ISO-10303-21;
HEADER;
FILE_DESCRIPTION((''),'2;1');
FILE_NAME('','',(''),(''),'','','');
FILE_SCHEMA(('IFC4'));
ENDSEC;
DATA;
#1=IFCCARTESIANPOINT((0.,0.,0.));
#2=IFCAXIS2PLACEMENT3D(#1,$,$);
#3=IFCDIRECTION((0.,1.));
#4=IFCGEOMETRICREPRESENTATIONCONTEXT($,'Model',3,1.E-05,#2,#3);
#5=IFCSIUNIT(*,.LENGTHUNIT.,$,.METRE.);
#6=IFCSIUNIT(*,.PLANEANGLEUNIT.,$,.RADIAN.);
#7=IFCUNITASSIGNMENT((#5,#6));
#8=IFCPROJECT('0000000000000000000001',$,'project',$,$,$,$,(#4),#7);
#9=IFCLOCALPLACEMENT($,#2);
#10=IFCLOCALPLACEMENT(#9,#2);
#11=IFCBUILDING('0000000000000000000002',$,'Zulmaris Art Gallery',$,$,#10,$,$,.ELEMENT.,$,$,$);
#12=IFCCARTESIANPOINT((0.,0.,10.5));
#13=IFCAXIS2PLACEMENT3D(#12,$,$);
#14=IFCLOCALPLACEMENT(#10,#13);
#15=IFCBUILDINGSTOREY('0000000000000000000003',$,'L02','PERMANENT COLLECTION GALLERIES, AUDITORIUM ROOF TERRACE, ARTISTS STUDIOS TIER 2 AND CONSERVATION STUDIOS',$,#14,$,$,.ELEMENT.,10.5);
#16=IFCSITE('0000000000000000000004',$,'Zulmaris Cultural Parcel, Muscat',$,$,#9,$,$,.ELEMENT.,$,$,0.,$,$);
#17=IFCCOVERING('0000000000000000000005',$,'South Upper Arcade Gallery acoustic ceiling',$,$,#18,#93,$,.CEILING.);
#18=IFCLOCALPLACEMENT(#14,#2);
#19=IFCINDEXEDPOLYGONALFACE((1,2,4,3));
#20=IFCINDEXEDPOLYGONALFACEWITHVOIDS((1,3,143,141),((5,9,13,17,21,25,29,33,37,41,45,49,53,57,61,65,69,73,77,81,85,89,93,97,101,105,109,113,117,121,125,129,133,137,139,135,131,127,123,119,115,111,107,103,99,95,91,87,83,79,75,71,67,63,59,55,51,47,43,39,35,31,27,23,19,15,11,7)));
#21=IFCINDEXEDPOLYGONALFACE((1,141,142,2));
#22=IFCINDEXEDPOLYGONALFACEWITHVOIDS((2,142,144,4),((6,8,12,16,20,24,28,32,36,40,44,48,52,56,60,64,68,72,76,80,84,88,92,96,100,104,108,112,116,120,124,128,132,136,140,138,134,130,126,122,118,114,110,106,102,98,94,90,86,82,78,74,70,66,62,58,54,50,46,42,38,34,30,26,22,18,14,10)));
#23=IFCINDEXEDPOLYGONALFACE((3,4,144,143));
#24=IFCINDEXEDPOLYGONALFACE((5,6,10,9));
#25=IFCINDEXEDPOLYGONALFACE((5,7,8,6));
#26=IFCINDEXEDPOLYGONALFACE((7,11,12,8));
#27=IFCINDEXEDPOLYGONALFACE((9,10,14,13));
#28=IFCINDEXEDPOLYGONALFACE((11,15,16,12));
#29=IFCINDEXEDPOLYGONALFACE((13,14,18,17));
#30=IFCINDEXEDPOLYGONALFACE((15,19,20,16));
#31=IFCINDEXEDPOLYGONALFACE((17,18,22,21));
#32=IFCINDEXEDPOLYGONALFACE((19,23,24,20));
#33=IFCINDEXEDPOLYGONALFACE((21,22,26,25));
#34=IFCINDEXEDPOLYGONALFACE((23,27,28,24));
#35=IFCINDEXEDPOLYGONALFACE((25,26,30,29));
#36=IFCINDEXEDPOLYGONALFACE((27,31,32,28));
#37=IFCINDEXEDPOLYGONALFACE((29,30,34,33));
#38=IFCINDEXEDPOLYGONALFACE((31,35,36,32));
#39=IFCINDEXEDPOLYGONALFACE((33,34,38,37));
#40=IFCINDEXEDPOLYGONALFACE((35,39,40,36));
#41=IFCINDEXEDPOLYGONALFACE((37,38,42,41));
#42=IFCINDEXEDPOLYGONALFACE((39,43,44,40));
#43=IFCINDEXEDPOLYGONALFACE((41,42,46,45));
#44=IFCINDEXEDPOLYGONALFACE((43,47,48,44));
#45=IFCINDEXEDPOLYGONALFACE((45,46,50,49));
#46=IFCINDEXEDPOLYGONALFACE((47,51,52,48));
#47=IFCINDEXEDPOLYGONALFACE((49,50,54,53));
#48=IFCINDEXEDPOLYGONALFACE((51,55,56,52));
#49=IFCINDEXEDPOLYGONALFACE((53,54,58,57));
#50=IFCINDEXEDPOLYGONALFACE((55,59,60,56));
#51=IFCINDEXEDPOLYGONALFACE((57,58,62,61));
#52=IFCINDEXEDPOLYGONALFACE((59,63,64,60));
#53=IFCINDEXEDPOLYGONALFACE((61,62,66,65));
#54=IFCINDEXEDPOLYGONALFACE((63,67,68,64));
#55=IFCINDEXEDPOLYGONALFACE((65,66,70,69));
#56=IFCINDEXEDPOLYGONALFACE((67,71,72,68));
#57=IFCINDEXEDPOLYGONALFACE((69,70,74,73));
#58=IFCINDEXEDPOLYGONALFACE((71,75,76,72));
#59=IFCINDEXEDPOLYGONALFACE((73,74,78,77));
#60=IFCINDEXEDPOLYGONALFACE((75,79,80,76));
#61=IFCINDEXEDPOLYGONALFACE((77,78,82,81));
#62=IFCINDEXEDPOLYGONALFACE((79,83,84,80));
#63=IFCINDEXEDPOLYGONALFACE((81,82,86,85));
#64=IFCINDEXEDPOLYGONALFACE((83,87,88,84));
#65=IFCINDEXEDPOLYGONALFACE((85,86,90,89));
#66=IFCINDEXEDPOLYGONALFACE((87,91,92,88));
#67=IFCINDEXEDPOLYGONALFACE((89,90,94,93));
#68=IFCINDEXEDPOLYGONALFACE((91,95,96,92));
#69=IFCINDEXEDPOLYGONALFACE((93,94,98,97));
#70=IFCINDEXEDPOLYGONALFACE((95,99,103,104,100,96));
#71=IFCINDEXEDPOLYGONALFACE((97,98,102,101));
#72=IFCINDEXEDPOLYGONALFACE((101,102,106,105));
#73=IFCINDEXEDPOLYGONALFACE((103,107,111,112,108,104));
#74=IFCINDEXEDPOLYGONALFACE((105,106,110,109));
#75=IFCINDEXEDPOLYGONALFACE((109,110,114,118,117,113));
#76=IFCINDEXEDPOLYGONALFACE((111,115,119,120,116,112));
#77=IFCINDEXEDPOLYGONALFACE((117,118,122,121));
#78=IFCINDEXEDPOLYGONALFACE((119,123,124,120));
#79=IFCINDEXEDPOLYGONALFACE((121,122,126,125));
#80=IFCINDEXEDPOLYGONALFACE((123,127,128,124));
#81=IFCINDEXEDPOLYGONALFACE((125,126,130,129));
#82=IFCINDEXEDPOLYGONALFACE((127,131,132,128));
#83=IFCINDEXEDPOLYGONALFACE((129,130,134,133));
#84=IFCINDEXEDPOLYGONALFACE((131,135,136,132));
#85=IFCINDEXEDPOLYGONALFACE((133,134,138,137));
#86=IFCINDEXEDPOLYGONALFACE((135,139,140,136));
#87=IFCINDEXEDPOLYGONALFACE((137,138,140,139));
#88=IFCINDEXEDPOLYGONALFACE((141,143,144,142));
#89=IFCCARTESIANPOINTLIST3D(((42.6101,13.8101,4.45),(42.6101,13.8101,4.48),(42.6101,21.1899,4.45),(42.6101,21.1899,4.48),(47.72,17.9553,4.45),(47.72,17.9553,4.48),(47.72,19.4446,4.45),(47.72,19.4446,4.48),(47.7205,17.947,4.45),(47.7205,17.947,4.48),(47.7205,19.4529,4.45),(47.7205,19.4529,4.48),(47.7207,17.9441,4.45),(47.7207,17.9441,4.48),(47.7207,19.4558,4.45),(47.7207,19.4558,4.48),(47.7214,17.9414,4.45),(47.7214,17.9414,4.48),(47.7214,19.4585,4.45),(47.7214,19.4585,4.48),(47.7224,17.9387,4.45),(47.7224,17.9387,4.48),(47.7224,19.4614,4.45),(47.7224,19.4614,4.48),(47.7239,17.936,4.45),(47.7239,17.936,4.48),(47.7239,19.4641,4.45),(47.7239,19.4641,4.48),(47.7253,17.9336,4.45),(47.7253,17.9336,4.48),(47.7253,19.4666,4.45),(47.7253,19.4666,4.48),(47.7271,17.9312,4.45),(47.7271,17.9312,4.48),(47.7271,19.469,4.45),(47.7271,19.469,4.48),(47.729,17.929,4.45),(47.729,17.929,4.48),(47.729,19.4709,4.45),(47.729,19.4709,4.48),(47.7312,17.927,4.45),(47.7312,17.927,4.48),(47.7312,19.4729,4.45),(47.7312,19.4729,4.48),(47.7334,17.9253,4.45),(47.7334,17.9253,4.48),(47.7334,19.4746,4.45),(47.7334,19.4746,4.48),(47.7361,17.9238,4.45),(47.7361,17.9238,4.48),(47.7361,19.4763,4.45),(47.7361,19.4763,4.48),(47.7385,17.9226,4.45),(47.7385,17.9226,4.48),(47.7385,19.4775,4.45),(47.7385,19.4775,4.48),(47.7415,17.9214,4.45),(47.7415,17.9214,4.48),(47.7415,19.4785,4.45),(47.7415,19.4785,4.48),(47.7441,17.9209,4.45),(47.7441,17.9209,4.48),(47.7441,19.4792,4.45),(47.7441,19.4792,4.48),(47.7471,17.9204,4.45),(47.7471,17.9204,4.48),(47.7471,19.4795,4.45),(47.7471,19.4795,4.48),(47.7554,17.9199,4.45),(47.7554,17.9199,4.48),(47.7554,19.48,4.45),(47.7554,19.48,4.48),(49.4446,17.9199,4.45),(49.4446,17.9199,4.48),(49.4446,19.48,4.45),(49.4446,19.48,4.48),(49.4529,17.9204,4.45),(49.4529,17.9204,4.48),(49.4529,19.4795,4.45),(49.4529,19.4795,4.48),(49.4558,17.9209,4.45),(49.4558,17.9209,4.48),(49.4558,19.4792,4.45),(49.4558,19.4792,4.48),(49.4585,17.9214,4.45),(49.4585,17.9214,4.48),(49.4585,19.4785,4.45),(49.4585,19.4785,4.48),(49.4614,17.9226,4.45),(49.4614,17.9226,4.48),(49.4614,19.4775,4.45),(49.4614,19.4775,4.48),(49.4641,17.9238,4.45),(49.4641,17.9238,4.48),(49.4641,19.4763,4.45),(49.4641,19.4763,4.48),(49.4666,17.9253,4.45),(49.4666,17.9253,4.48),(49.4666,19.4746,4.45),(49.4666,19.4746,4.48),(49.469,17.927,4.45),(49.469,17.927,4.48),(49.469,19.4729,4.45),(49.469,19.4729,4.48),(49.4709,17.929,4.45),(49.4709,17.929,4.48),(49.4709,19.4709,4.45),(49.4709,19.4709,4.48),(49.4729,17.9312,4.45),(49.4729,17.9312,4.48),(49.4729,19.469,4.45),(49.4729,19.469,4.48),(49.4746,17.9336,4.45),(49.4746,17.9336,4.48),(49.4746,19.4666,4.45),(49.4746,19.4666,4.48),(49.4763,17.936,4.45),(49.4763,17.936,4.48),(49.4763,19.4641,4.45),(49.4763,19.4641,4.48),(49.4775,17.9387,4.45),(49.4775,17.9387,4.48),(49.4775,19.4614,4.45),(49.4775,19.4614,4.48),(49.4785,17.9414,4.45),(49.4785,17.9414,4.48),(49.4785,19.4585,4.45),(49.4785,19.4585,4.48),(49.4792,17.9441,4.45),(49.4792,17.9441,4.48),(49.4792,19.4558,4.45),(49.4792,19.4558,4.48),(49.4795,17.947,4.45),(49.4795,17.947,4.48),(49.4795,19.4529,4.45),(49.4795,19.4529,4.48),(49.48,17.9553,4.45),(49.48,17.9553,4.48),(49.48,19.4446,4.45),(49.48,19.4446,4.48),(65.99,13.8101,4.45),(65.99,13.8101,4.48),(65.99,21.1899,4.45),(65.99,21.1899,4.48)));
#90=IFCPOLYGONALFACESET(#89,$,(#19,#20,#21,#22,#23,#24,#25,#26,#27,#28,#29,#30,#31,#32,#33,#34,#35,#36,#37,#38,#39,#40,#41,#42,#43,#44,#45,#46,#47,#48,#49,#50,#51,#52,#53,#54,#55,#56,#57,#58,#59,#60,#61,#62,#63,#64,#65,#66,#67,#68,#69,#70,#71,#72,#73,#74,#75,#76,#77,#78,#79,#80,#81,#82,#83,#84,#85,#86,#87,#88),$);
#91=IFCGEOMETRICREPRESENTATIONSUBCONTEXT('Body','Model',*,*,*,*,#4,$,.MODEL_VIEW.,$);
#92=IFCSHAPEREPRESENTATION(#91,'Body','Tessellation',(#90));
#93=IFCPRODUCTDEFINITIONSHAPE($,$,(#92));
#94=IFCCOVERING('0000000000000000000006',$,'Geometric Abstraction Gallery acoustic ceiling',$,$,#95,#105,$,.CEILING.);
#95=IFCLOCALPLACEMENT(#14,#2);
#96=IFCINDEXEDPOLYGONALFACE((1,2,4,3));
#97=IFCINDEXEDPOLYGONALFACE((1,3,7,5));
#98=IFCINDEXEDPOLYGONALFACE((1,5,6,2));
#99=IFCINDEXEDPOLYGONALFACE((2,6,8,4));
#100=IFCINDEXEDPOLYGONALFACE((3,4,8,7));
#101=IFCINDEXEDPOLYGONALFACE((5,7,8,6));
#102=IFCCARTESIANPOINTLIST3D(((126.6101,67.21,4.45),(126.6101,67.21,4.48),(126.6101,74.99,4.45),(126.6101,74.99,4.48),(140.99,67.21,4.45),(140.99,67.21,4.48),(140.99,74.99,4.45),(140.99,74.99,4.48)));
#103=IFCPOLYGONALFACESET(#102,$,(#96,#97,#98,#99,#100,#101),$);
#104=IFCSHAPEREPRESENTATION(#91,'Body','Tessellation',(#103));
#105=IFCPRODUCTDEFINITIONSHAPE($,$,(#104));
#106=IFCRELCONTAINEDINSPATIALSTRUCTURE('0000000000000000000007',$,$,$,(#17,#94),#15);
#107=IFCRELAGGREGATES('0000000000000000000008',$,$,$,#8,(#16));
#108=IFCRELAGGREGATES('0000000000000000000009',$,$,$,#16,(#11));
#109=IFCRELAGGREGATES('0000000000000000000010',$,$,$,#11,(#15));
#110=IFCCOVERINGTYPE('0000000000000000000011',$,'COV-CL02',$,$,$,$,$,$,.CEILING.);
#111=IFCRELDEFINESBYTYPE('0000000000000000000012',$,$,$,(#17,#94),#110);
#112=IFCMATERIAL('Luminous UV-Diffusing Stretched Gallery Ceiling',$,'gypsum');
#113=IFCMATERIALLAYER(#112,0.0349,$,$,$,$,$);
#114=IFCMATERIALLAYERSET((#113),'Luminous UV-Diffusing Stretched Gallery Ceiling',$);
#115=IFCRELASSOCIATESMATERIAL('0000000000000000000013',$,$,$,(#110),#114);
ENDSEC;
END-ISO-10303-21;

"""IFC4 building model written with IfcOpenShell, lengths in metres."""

from ifc_helpers import new_model, si_unit, direction, frame, origin, place, context, subcontext, project, spatial, polyline, outline, extrude, material, layer, layer_set, type_object, element, save


model = new_model("IFC4")

# Units and contexts
model_context = context("Model", 3, precision=1e-05, world=origin(), true_north=direction((0.0, 1.0)))
body_context = subcontext(model_context, "Body", "Model", "MODEL_VIEW")
ifc_project = project(units=[si_unit("LENGTHUNIT", "METRE"), si_unit("PLANEANGLEUNIT", "RADIAN")], contexts=[model_context])

# Site, building, storey
site_placement = place(None, origin())
site = spatial("IfcSite", under=ifc_project, at=site_placement, Name="Zulmaris Cultural Parcel, Muscat", CompositionType="ELEMENT", RefElevation=0.0)
building_placement = place(site_placement, origin())
building = spatial("IfcBuilding", under=site, at=building_placement, Name="Zulmaris Art Gallery", CompositionType="ELEMENT")
storey_placement = place(building_placement, frame((0.0, 0.0, 10.5)))
storey = spatial("IfcBuildingStorey", under=building, at=storey_placement, Name="L02", Description="PERMANENT COLLECTION GALLERIES, AUDITORIUM ROOF TERRACE, ARTISTS STUDIOS TIER 2 AND CONSERVATION STUDIOS", CompositionType="ELEMENT", Elevation=10.5)

# Coverings
ifc_material_1 = material(Name="Luminous UV-Diffusing Stretched Gallery Ceiling", Category="gypsum")
ifc_layer_1 = layer(ifc_material_1, 0.0349)
ifc_layer_set_1 = layer_set([ifc_layer_1], Name="Luminous UV-Diffusing Stretched Gallery Ceiling")
covering_type_1 = type_object("IfcCoveringType", Name="COV-CL02", PredefinedType="CEILING", material=ifc_layer_set_1)
covering_1_placement = place(storey_placement, frame((0.0, 0.0, 4.45)))
element("IfcCovering", 1, at=covering_1_placement, inside=storey, type_object=covering_type_1, Name="South Upper Arcade Gallery acoustic ceiling", PredefinedType="CEILING", context=body_context, shape_type="SweptSolid", body=[
    extrude(outline(polyline([(42.6101, 21.1899), (65.99, 21.1899), (65.99, 13.8101), (42.6101, 13.8101), (42.6101, 21.1899)]), holes=[polyline([(47.7214, 17.9414), (47.7224, 17.9387), (47.7239, 17.936), (47.7253, 17.9336), (47.7271, 17.9312), (47.729, 17.929), (47.7312, 17.927), (47.7334, 17.9253), (47.7361, 17.9238), (47.7385, 17.9226), (47.7415, 17.9214), (47.7441, 17.9209), (47.7471, 17.9204), (47.7554, 17.9199), (49.4446, 17.9199), (49.4529, 17.9204), (49.4558, 17.9209), (49.4585, 17.9214), (49.4614, 17.9226), (49.4641, 17.9238), (49.4666, 17.9253), (49.469, 17.927), (49.4709, 17.929), (49.4729, 17.9312), (49.4746, 17.9336), (49.4763, 17.936), (49.4775, 17.9387), (49.4785, 17.9414), (49.4792, 17.9441), (49.4795, 17.947), (49.48, 17.9553), (49.48, 19.4446), (49.4795, 19.4529), (49.4792, 19.4558), (49.4785, 19.4585), (49.4775, 19.4614), (49.4763, 19.4641), (49.4746, 19.4666), (49.4729, 19.469), (49.4709, 19.4709), (49.469, 19.4729), (49.4666, 19.4746), (49.4641, 19.4763), (49.4614, 19.4775), (49.4585, 19.4785), (49.4558, 19.4792), (49.4529, 19.4795), (49.4446, 19.48), (47.7554, 19.48), (47.7471, 19.4795), (47.7441, 19.4792), (47.7415, 19.4785), (47.7385, 19.4775), (47.7361, 19.4763), (47.7334, 19.4746), (47.7312, 19.4729), (47.729, 19.4709), (47.7271, 19.469), (47.7253, 19.4666), (47.7239, 19.4641), (47.7224, 19.4614), (47.7214, 19.4585), (47.7207, 19.4558), (47.7205, 19.4529), (47.72, 19.4446), (47.72, 17.9553), (47.7205, 17.947), (47.7207, 17.9441), (47.7214, 17.9414)])]), origin(), (0.0, 0.0, 1.0), 0.03),
])
covering_2_placement = place(storey_placement, frame((0.0, 0.0, 4.45)))
element("IfcCovering", 2, at=covering_2_placement, inside=storey, type_object=covering_type_1, Name="Geometric Abstraction Gallery acoustic ceiling", PredefinedType="CEILING", context=body_context, shape_type="SweptSolid", body=[
    extrude(outline(polyline([(126.6101, 74.99), (140.99, 74.99), (140.99, 67.21), (126.6101, 67.21), (126.6101, 74.99)])), origin(), (0.0, 0.0, 1.0), 0.03),
])

save(model, "model.ifc")
